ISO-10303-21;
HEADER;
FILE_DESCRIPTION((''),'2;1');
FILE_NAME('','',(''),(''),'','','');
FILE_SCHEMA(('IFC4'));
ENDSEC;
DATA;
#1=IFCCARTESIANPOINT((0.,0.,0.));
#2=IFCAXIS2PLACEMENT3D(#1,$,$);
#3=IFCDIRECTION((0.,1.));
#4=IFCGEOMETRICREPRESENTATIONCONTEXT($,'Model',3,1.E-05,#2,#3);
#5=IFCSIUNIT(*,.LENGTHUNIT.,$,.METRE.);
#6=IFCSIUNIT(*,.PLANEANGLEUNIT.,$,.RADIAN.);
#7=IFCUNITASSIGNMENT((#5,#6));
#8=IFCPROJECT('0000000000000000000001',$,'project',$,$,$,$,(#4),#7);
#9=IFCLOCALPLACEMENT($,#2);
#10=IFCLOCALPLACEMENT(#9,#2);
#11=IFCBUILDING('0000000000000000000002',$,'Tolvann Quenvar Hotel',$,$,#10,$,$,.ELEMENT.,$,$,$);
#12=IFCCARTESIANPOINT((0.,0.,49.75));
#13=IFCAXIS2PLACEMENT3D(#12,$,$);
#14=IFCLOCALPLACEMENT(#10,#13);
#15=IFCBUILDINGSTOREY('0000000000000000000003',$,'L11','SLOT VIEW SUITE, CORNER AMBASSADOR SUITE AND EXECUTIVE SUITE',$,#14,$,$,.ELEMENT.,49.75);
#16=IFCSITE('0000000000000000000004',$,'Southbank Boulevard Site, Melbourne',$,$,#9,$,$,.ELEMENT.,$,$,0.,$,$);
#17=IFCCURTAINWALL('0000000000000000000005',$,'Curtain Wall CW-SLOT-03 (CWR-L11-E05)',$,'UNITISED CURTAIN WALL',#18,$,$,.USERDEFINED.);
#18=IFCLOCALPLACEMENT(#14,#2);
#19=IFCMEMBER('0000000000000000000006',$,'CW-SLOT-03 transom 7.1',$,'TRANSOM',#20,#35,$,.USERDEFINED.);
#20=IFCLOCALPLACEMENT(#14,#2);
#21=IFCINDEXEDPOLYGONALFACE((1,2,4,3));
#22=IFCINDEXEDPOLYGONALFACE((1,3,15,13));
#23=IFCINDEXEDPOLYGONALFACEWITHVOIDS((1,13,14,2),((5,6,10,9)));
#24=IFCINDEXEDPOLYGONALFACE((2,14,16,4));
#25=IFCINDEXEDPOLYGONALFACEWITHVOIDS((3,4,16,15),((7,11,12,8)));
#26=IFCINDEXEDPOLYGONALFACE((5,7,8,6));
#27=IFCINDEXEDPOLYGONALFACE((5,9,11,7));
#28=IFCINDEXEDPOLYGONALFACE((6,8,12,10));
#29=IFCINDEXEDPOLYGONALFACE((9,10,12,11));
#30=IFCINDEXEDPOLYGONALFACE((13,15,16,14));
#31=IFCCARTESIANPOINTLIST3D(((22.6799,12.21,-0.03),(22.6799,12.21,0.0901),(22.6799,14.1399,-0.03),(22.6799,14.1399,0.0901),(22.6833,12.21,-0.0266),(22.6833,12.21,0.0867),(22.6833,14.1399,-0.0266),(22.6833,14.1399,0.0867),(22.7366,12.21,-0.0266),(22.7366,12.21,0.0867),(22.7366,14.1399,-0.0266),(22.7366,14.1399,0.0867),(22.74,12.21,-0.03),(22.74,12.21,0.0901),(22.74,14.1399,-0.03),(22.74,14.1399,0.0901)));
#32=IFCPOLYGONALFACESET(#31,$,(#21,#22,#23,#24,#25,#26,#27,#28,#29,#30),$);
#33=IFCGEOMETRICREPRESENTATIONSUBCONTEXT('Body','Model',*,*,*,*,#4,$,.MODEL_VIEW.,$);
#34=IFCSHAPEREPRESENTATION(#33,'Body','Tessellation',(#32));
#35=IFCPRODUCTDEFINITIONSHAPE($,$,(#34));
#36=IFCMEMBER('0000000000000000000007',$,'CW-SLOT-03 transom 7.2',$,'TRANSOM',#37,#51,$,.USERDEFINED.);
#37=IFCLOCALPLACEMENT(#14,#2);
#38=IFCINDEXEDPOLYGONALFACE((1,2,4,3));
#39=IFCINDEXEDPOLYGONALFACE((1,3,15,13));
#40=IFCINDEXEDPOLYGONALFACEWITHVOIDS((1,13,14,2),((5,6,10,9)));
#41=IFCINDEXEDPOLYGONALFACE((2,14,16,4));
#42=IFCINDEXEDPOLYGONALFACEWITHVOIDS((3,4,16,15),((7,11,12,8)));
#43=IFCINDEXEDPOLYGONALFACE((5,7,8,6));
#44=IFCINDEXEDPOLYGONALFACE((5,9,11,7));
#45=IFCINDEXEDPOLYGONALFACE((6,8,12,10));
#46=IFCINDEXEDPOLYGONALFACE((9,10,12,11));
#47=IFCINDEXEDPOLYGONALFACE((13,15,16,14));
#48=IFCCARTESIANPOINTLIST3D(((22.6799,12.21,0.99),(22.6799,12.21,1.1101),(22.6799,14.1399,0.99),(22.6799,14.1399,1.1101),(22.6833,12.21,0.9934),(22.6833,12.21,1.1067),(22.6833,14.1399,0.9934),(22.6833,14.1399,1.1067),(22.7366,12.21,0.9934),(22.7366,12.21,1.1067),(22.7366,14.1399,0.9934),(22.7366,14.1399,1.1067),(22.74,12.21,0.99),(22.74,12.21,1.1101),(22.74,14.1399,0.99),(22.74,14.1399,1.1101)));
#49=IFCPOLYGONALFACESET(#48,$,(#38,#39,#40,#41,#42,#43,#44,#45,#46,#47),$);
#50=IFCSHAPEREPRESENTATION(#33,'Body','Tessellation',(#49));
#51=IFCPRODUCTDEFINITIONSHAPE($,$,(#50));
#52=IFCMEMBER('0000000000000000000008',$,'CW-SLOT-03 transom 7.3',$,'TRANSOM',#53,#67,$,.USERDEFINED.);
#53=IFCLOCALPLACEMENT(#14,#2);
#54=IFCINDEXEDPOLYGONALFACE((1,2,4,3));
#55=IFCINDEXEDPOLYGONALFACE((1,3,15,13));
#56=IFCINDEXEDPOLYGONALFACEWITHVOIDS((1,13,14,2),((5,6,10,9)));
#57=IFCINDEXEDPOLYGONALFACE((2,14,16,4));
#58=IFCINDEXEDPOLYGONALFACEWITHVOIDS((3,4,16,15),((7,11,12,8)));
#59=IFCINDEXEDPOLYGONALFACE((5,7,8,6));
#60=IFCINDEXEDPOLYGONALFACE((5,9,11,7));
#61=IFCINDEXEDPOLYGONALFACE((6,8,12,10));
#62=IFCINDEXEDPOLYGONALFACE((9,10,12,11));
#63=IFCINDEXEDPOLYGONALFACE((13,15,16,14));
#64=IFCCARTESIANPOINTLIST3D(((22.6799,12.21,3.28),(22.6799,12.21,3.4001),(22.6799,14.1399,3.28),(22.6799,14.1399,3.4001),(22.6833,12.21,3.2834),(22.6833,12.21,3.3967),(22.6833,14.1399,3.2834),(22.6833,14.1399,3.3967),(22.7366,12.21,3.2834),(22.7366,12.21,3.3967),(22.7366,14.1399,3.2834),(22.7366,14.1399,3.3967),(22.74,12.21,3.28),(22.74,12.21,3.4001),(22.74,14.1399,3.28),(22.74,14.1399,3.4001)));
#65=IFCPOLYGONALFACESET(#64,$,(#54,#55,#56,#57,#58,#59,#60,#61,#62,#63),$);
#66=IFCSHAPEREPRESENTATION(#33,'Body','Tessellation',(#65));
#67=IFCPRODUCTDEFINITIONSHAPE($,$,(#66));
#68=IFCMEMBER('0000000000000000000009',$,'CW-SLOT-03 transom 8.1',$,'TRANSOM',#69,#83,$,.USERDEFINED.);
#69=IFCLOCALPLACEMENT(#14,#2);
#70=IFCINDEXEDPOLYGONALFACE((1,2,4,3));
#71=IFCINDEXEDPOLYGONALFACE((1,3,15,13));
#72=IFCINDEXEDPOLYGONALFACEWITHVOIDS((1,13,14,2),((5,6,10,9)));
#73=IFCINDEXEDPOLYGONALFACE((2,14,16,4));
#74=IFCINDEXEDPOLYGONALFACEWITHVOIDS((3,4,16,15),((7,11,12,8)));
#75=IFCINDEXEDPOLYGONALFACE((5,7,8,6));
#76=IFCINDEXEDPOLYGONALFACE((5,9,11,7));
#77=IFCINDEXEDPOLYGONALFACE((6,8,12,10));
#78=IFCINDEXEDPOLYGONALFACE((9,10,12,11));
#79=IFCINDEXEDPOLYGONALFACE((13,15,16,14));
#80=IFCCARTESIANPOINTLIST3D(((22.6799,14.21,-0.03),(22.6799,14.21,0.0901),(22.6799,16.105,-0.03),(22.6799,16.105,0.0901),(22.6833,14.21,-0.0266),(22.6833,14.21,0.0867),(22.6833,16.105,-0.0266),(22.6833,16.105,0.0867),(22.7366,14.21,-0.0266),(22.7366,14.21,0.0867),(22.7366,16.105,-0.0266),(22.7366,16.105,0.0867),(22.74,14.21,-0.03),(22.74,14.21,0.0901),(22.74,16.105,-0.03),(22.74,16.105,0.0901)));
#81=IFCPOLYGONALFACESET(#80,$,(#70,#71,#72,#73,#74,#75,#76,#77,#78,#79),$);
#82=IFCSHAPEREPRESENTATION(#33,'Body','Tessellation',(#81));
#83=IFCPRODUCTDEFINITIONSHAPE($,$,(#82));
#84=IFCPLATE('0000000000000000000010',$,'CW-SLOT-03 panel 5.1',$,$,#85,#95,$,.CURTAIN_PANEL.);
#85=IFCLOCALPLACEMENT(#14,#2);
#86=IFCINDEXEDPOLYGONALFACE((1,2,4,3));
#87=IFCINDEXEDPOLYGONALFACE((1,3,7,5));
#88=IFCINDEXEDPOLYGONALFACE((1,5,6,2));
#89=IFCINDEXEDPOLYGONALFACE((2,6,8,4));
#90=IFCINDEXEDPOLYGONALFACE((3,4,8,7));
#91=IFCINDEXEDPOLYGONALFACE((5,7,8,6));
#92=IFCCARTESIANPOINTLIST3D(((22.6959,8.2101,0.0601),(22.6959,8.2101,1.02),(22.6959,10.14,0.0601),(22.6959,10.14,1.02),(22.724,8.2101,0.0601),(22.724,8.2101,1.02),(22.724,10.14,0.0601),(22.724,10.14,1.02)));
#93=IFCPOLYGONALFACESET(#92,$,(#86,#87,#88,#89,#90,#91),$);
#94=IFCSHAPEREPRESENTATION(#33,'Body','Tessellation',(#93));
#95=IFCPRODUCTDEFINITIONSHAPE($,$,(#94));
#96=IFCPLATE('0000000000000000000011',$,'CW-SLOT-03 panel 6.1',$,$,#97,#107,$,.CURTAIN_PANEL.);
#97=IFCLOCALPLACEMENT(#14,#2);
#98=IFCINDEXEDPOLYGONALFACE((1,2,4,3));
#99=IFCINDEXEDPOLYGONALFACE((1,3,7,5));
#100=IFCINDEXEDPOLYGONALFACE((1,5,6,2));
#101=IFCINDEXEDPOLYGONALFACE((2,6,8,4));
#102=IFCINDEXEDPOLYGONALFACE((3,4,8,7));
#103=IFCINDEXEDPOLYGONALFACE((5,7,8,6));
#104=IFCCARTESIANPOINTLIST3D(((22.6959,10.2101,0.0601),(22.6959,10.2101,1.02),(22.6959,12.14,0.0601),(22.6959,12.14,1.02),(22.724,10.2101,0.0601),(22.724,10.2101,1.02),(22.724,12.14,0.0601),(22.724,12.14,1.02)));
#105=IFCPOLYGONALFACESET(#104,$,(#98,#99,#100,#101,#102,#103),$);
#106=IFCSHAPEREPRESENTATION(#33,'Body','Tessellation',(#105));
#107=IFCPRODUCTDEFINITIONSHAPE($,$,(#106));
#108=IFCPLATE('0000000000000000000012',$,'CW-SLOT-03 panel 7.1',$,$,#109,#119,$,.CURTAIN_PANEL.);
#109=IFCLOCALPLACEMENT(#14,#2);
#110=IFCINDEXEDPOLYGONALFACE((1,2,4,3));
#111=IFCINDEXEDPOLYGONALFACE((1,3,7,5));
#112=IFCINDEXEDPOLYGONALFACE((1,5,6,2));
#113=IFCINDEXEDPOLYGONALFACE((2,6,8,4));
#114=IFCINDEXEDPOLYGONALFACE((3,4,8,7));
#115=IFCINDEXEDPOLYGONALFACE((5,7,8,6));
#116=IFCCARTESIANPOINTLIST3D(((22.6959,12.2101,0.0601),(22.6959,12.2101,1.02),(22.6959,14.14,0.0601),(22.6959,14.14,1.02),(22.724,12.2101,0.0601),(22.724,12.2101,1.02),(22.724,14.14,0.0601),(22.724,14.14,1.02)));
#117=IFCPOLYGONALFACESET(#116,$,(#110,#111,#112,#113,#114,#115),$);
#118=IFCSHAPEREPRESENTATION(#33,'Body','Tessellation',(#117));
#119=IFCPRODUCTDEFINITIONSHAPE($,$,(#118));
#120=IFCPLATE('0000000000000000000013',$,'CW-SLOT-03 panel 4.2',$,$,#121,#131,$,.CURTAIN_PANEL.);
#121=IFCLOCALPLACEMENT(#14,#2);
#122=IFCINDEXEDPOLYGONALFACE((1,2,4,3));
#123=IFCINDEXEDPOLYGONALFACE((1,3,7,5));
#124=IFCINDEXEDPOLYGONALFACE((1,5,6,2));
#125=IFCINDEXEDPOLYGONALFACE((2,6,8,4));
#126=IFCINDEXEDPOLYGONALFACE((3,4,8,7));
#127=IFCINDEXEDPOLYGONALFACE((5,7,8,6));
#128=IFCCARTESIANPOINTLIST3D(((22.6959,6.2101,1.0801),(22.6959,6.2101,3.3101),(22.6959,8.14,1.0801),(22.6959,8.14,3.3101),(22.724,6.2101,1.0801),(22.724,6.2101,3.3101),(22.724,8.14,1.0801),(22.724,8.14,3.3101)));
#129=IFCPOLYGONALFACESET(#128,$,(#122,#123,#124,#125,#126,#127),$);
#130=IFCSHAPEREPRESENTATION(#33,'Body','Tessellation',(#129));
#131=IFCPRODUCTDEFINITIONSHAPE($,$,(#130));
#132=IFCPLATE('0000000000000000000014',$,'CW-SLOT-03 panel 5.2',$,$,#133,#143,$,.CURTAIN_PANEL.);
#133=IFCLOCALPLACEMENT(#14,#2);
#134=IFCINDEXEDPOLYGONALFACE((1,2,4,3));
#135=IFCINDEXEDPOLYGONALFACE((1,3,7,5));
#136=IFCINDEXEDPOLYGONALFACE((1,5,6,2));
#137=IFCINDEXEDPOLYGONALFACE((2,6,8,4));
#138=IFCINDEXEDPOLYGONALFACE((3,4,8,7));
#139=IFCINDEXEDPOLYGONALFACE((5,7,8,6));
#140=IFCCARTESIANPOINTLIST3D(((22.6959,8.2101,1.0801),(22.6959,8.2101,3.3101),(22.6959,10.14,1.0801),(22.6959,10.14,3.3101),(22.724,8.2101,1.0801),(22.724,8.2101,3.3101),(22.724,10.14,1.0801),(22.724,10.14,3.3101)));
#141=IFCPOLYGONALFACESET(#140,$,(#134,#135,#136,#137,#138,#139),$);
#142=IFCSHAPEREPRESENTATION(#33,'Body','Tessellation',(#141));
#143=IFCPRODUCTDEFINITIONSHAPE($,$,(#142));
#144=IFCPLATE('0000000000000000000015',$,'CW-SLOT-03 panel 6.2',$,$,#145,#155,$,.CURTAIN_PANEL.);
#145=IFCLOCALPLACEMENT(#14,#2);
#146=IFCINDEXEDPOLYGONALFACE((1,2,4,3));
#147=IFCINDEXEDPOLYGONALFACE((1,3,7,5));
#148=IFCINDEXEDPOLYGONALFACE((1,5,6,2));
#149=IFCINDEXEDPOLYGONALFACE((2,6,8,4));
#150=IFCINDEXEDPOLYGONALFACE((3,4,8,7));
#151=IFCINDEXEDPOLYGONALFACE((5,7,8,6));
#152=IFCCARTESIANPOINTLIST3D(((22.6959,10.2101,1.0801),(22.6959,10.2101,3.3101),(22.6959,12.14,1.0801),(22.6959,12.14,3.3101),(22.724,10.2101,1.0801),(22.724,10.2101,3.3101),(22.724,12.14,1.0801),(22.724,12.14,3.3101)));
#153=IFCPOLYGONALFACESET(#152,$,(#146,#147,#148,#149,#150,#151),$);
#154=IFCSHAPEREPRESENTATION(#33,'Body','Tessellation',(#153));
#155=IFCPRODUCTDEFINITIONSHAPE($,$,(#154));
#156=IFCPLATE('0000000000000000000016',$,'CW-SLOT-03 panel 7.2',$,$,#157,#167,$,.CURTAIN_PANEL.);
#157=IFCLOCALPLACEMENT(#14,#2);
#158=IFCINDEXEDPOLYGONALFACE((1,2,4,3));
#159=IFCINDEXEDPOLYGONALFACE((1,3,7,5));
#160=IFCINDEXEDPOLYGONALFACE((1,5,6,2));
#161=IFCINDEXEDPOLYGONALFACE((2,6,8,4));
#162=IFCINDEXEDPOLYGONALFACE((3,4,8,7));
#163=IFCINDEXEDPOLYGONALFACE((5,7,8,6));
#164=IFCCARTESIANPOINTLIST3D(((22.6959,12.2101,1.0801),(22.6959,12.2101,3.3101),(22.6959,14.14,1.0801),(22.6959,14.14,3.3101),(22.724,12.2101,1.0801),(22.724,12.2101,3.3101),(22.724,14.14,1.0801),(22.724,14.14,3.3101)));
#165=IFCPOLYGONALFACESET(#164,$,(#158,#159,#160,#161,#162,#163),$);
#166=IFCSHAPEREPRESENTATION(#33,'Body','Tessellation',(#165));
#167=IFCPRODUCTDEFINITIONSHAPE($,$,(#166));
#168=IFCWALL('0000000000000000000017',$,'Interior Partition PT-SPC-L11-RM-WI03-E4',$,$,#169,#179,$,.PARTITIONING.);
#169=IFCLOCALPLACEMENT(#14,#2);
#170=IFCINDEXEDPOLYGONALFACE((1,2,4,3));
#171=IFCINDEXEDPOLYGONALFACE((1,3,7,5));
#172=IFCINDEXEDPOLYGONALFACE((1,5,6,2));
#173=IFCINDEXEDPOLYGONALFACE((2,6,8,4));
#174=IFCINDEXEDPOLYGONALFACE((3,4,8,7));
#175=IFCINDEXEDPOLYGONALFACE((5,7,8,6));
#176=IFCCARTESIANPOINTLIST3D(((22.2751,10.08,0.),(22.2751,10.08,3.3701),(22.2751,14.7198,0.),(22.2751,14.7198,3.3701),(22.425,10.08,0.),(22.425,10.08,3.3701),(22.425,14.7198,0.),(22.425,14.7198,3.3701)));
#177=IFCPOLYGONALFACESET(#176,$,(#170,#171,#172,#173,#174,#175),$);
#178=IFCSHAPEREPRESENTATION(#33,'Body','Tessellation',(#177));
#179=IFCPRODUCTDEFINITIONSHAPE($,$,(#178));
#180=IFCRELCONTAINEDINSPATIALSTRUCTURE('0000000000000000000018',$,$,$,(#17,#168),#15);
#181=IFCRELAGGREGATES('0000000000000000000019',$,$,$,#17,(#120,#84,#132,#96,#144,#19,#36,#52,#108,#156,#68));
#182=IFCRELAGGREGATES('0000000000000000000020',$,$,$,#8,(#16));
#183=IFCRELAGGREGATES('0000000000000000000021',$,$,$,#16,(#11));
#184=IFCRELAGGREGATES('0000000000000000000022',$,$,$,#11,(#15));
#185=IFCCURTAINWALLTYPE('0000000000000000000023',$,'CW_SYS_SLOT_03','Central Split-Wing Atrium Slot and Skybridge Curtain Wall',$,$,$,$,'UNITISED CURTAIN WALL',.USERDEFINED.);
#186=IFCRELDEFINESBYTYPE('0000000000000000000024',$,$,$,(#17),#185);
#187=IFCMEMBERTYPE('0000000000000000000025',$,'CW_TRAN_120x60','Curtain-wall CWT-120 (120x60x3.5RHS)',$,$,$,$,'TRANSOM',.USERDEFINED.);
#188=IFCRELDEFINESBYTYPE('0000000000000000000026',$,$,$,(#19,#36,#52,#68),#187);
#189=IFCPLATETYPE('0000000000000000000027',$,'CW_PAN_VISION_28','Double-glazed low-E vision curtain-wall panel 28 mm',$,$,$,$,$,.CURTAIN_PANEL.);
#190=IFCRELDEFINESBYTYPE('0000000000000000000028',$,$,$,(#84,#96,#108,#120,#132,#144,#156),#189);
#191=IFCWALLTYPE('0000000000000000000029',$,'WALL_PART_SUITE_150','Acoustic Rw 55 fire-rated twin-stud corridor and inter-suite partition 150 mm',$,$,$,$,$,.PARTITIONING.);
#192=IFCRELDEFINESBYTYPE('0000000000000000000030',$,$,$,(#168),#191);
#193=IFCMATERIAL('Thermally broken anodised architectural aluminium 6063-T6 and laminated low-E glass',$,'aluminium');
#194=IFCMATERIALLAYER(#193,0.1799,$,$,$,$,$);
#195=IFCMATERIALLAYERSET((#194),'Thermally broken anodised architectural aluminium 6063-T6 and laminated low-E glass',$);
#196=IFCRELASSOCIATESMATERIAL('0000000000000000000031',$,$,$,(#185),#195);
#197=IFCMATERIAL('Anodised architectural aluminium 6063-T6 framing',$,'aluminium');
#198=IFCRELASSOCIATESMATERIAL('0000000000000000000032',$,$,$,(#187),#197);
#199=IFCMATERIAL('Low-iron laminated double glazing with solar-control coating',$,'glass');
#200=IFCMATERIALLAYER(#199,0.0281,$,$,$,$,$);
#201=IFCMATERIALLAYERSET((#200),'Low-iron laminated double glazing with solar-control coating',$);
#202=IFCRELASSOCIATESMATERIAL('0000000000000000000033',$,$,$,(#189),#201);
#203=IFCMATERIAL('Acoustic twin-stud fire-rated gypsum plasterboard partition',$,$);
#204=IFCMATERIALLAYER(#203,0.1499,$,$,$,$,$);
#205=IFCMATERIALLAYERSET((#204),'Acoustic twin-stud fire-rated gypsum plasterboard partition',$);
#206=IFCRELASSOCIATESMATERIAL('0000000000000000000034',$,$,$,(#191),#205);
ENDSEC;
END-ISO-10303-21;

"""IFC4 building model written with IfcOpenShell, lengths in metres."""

from ifc_helpers import new_model, si_unit, direction, frame, frame_2d, origin, origin_2d, place, context, subcontext, project, spatial, rectangle, hollow_rectangle, extrude, source, transform, mapped, material, layer, layer_set, material_profile, profile_set, type_object, type_shapes, element, aggregate, save


model = new_model("IFC4")

# Units and contexts
model_context = context("Model", 3, precision=1e-05, world=origin(), true_north=direction((0.0, 1.0)))
body_context = subcontext(model_context, "Body", "Model", "MODEL_VIEW")
ifc_project = project(units=[si_unit("LENGTHUNIT", "METRE"), si_unit("PLANEANGLEUNIT", "RADIAN")], contexts=[model_context])

# Site, building, storey
site_placement = place(None, origin())
site = spatial("IfcSite", under=ifc_project, at=site_placement, Name="Southbank Boulevard Site, Melbourne", CompositionType="ELEMENT", RefElevation=0.0)
building_placement = place(site_placement, origin())
building = spatial("IfcBuilding", under=site, at=building_placement, Name="Tolvann Quenvar Hotel", CompositionType="ELEMENT")
storey_placement = place(building_placement, frame((0.0, 0.0, 49.75)))
storey = spatial("IfcBuildingStorey", under=building, at=storey_placement, Name="L11", Description="SLOT VIEW SUITE, CORNER AMBASSADOR SUITE AND EXECUTIVE SUITE", CompositionType="ELEMENT", Elevation=49.75)

# Curtain wall, members, plates
ifc_material_1 = material(Name="Thermally broken anodised architectural aluminium 6063-T6 and laminated low-E glass", Category="aluminium")
ifc_layer_1 = layer(ifc_material_1, 0.1799)
ifc_layer_set_1 = layer_set([ifc_layer_1], Name="Thermally broken anodised architectural aluminium 6063-T6 and laminated low-E glass")
curtain_wall_type = type_object("IfcCurtainWallType", Name="CW_SYS_SLOT_03", Description="Central Split-Wing Atrium Slot and Skybridge Curtain Wall", ElementType="UNITISED CURTAIN WALL", PredefinedType="USERDEFINED", material=ifc_layer_set_1)
curtain_wall_placement = place(storey_placement, origin())
curtain_wall = element("IfcCurtainWall", 1, at=curtain_wall_placement, inside=storey, type_object=curtain_wall_type, Name="Curtain Wall CW-SLOT-03 (CWR-L11-E05)", ObjectType="UNITISED CURTAIN WALL", PredefinedType="USERDEFINED")
ifc_material_2 = material(Name="Anodised architectural aluminium 6063-T6 framing", Category="aluminium")
ifc_material_profile_1 = material_profile(ifc_material_2, hollow_rectangle(XDim=0.0601, YDim=0.1201, WallThickness=0.0034, at=origin_2d()), Name="120x60x3.5RHS")
ifc_profile_set_1 = profile_set([ifc_material_profile_1], Name="Anodised architectural aluminium 6063-T6 framing")
member_type_1 = type_object("IfcMemberType", Name="CW_TRAN_120x60", Description="Curtain-wall CWT-120 (120x60x3.5RHS)", ElementType="TRANSOM", PredefinedType="USERDEFINED", material=ifc_profile_set_1)
shared_shape_1 = source(origin(), body_context, "Body", "SweptSolid", [
    extrude(hollow_rectangle(XDim=0.0601, YDim=0.1201, WallThickness=0.0034, at=origin_2d()), origin(), (0.0, 0.0, 1.0), 1.9299),
])
member_1_placement = place(storey_placement, frame((22.71, 12.21, 0.03), z_axis=(0.0, 1.0, 0.0), x_axis=(-1.0, 0.0, 0.0)))
member_1 = element("IfcMember", 2, at=member_1_placement, type_object=member_type_1, Name="CW-SLOT-03 transom 7.1", ObjectType="TRANSOM", PredefinedType="USERDEFINED", context=body_context, shape_type="MappedRepresentation", body=[
    mapped(shared_shape_1, transform((0.0, 0.0, 0.0), x_axis=(1.0, 0.0, 0.0), y_axis=(0.0, 1.0, 0.0), z_axis=(0.0, 0.0, 1.0), scale=1.0)),
])
member_2_placement = place(storey_placement, frame((22.71, 12.21, 1.05), z_axis=(0.0, 1.0, 0.0), x_axis=(-1.0, 0.0, 0.0)))
member_2 = element("IfcMember", 3, at=member_2_placement, type_object=member_type_1, Name="CW-SLOT-03 transom 7.2", ObjectType="TRANSOM", PredefinedType="USERDEFINED", context=body_context, shape_type="MappedRepresentation", body=[
    mapped(shared_shape_1, transform((0.0, 0.0, 0.0), x_axis=(1.0, 0.0, 0.0), y_axis=(0.0, 1.0, 0.0), z_axis=(0.0, 0.0, 1.0), scale=1.0)),
])
member_3_placement = place(storey_placement, frame((22.71, 12.21, 3.3401), z_axis=(0.0, 1.0, 0.0), x_axis=(-1.0, 0.0, 0.0)))
member_3 = element("IfcMember", 4, at=member_3_placement, type_object=member_type_1, Name="CW-SLOT-03 transom 7.3", ObjectType="TRANSOM", PredefinedType="USERDEFINED", context=body_context, shape_type="MappedRepresentation", body=[
    mapped(shared_shape_1, transform((0.0, 0.0, 0.0), x_axis=(1.0, 0.0, 0.0), y_axis=(0.0, 1.0, 0.0), z_axis=(0.0, 0.0, 1.0), scale=1.0)),
])
shared_shape_2 = source(origin(), body_context, "Body", "SweptSolid", [
    extrude(hollow_rectangle(XDim=0.0601, YDim=0.1201, WallThickness=0.0034, at=origin_2d()), origin(), (0.0, 0.0, 1.0), 1.895),
])
type_shapes(member_type_1, [shared_shape_1, shared_shape_2])
member_4_placement = place(storey_placement, frame((22.71, 14.21, 0.03), z_axis=(0.0, 1.0, 0.0), x_axis=(-1.0, 0.0, 0.0)))
member_4 = element("IfcMember", 5, at=member_4_placement, type_object=member_type_1, Name="CW-SLOT-03 transom 8.1", ObjectType="TRANSOM", PredefinedType="USERDEFINED", context=body_context, shape_type="MappedRepresentation", body=[
    mapped(shared_shape_2, transform((0.0, 0.0, 0.0), x_axis=(1.0, 0.0, 0.0), y_axis=(0.0, 1.0, 0.0), z_axis=(0.0, 0.0, 1.0), scale=1.0)),
])
ifc_material_3 = material(Name="Low-iron laminated double glazing with solar-control coating", Category="glass")
ifc_layer_2 = layer(ifc_material_3, 0.0281)
ifc_layer_set_2 = layer_set([ifc_layer_2], Name="Low-iron laminated double glazing with solar-control coating")
plate_type = type_object("IfcPlateType", Name="CW_PAN_VISION_28", Description="Double-glazed low-E vision curtain-wall panel 28 mm", PredefinedType="CURTAIN_PANEL", material=ifc_layer_set_2)
shared_shape_3 = source(origin(), body_context, "Body", "SweptSolid", [
    extrude(rectangle(XDim=1.9299, YDim=0.0281, at=origin_2d()), origin(), (0.0, 0.0, 1.0), 0.96),
])
plate_1_placement = place(storey_placement, frame((22.71, 9.175, 0.0601), z_axis=(0.0, 0.0, 1.0), x_axis=(0.0, 1.0, 0.0)))
plate_1 = element("IfcPlate", 6, at=plate_1_placement, type_object=plate_type, Name="CW-SLOT-03 panel 5.1", PredefinedType="CURTAIN_PANEL", context=body_context, shape_type="MappedRepresentation", body=[
    mapped(shared_shape_3, transform((0.0, 0.0, 0.0), x_axis=(1.0, 0.0, 0.0), y_axis=(0.0, 1.0, 0.0), z_axis=(0.0, 0.0, 1.0), scale=1.0)),
])
plate_2_placement = place(storey_placement, frame((22.71, 11.175, 0.0601), z_axis=(0.0, 0.0, 1.0), x_axis=(0.0, 1.0, 0.0)))
plate_2 = element("IfcPlate", 7, at=plate_2_placement, type_object=plate_type, Name="CW-SLOT-03 panel 6.1", PredefinedType="CURTAIN_PANEL", context=body_context, shape_type="MappedRepresentation", body=[
    mapped(shared_shape_3, transform((0.0, 0.0, 0.0), x_axis=(1.0, 0.0, 0.0), y_axis=(0.0, 1.0, 0.0), z_axis=(0.0, 0.0, 1.0), scale=1.0)),
])
plate_3_placement = place(storey_placement, frame((22.71, 13.175, 0.0601), z_axis=(0.0, 0.0, 1.0), x_axis=(0.0, 1.0, 0.0)))
plate_3 = element("IfcPlate", 8, at=plate_3_placement, type_object=plate_type, Name="CW-SLOT-03 panel 7.1", PredefinedType="CURTAIN_PANEL", context=body_context, shape_type="MappedRepresentation", body=[
    mapped(shared_shape_3, transform((0.0, 0.0, 0.0), x_axis=(1.0, 0.0, 0.0), y_axis=(0.0, 1.0, 0.0), z_axis=(0.0, 0.0, 1.0), scale=1.0)),
])
shared_shape_4 = source(origin(), body_context, "Body", "SweptSolid", [
    extrude(rectangle(XDim=1.9299, YDim=0.0281, at=origin_2d()), origin(), (0.0, 0.0, 1.0), 2.23),
])
type_shapes(plate_type, [shared_shape_3, shared_shape_4])
plate_4_placement = place(storey_placement, frame((22.71, 7.175, 1.0801), z_axis=(0.0, 0.0, 1.0), x_axis=(0.0, 1.0, 0.0)))
plate_4 = element("IfcPlate", 9, at=plate_4_placement, type_object=plate_type, Name="CW-SLOT-03 panel 4.2", PredefinedType="CURTAIN_PANEL", context=body_context, shape_type="MappedRepresentation", body=[
    mapped(shared_shape_4, transform((0.0, 0.0, 0.0), x_axis=(1.0, 0.0, 0.0), y_axis=(0.0, 1.0, 0.0), z_axis=(0.0, 0.0, 1.0), scale=1.0)),
])
plate_5_placement = place(storey_placement, frame((22.71, 9.175, 1.0801), z_axis=(0.0, 0.0, 1.0), x_axis=(0.0, 1.0, 0.0)))
plate_5 = element("IfcPlate", 10, at=plate_5_placement, type_object=plate_type, Name="CW-SLOT-03 panel 5.2", PredefinedType="CURTAIN_PANEL", context=body_context, shape_type="MappedRepresentation", body=[
    mapped(shared_shape_4, transform((0.0, 0.0, 0.0), x_axis=(1.0, 0.0, 0.0), y_axis=(0.0, 1.0, 0.0), z_axis=(0.0, 0.0, 1.0), scale=1.0)),
])
plate_6_placement = place(storey_placement, frame((22.71, 11.175, 1.0801), z_axis=(0.0, 0.0, 1.0), x_axis=(0.0, 1.0, 0.0)))
plate_6 = element("IfcPlate", 11, at=plate_6_placement, type_object=plate_type, Name="CW-SLOT-03 panel 6.2", PredefinedType="CURTAIN_PANEL", context=body_context, shape_type="MappedRepresentation", body=[
    mapped(shared_shape_4, transform((0.0, 0.0, 0.0), x_axis=(1.0, 0.0, 0.0), y_axis=(0.0, 1.0, 0.0), z_axis=(0.0, 0.0, 1.0), scale=1.0)),
])
plate_7_placement = place(storey_placement, frame((22.71, 13.175, 1.0801), z_axis=(0.0, 0.0, 1.0), x_axis=(0.0, 1.0, 0.0)))
plate_7 = element("IfcPlate", 12, at=plate_7_placement, type_object=plate_type, Name="CW-SLOT-03 panel 7.2", PredefinedType="CURTAIN_PANEL", context=body_context, shape_type="MappedRepresentation", body=[
    mapped(shared_shape_4, transform((0.0, 0.0, 0.0), x_axis=(1.0, 0.0, 0.0), y_axis=(0.0, 1.0, 0.0), z_axis=(0.0, 0.0, 1.0), scale=1.0)),
])
aggregate(curtain_wall, [plate_4, plate_1, plate_5, plate_2, plate_6, member_1, member_2, member_3, plate_3, plate_7, member_4])

# Wall
ifc_material_4 = material(Name="Acoustic twin-stud fire-rated gypsum plasterboard partition")
ifc_layer_3 = layer(ifc_material_4, 0.1499)
ifc_layer_set_3 = layer_set([ifc_layer_3], Name="Acoustic twin-stud fire-rated gypsum plasterboard partition")
wall_type = type_object("IfcWallType", Name="WALL_PART_SUITE_150", Description="Acoustic Rw 55 fire-rated twin-stud corridor and inter-suite partition 150 mm", PredefinedType="PARTITIONING", material=ifc_layer_set_3)
wall_placement = place(storey_placement, frame((22.3501, 10.0801, 0.0), z_axis=(0.0, 0.0, 1.0), x_axis=(0.0, 1.0, 0.0)))
element("IfcWall", 13, at=wall_placement, inside=storey, type_object=wall_type, Name="Interior Partition PT-SPC-L11-RM-WI03-E4", PredefinedType="PARTITIONING", context=body_context, shape_type="SweptSolid", body=[
    extrude(rectangle(XDim=4.6399, YDim=0.1499, at=frame_2d((2.3198, 0.0))), origin(), (0.0, 0.0, 1.0), 3.3701),
])

save(model, "model.ifc")
